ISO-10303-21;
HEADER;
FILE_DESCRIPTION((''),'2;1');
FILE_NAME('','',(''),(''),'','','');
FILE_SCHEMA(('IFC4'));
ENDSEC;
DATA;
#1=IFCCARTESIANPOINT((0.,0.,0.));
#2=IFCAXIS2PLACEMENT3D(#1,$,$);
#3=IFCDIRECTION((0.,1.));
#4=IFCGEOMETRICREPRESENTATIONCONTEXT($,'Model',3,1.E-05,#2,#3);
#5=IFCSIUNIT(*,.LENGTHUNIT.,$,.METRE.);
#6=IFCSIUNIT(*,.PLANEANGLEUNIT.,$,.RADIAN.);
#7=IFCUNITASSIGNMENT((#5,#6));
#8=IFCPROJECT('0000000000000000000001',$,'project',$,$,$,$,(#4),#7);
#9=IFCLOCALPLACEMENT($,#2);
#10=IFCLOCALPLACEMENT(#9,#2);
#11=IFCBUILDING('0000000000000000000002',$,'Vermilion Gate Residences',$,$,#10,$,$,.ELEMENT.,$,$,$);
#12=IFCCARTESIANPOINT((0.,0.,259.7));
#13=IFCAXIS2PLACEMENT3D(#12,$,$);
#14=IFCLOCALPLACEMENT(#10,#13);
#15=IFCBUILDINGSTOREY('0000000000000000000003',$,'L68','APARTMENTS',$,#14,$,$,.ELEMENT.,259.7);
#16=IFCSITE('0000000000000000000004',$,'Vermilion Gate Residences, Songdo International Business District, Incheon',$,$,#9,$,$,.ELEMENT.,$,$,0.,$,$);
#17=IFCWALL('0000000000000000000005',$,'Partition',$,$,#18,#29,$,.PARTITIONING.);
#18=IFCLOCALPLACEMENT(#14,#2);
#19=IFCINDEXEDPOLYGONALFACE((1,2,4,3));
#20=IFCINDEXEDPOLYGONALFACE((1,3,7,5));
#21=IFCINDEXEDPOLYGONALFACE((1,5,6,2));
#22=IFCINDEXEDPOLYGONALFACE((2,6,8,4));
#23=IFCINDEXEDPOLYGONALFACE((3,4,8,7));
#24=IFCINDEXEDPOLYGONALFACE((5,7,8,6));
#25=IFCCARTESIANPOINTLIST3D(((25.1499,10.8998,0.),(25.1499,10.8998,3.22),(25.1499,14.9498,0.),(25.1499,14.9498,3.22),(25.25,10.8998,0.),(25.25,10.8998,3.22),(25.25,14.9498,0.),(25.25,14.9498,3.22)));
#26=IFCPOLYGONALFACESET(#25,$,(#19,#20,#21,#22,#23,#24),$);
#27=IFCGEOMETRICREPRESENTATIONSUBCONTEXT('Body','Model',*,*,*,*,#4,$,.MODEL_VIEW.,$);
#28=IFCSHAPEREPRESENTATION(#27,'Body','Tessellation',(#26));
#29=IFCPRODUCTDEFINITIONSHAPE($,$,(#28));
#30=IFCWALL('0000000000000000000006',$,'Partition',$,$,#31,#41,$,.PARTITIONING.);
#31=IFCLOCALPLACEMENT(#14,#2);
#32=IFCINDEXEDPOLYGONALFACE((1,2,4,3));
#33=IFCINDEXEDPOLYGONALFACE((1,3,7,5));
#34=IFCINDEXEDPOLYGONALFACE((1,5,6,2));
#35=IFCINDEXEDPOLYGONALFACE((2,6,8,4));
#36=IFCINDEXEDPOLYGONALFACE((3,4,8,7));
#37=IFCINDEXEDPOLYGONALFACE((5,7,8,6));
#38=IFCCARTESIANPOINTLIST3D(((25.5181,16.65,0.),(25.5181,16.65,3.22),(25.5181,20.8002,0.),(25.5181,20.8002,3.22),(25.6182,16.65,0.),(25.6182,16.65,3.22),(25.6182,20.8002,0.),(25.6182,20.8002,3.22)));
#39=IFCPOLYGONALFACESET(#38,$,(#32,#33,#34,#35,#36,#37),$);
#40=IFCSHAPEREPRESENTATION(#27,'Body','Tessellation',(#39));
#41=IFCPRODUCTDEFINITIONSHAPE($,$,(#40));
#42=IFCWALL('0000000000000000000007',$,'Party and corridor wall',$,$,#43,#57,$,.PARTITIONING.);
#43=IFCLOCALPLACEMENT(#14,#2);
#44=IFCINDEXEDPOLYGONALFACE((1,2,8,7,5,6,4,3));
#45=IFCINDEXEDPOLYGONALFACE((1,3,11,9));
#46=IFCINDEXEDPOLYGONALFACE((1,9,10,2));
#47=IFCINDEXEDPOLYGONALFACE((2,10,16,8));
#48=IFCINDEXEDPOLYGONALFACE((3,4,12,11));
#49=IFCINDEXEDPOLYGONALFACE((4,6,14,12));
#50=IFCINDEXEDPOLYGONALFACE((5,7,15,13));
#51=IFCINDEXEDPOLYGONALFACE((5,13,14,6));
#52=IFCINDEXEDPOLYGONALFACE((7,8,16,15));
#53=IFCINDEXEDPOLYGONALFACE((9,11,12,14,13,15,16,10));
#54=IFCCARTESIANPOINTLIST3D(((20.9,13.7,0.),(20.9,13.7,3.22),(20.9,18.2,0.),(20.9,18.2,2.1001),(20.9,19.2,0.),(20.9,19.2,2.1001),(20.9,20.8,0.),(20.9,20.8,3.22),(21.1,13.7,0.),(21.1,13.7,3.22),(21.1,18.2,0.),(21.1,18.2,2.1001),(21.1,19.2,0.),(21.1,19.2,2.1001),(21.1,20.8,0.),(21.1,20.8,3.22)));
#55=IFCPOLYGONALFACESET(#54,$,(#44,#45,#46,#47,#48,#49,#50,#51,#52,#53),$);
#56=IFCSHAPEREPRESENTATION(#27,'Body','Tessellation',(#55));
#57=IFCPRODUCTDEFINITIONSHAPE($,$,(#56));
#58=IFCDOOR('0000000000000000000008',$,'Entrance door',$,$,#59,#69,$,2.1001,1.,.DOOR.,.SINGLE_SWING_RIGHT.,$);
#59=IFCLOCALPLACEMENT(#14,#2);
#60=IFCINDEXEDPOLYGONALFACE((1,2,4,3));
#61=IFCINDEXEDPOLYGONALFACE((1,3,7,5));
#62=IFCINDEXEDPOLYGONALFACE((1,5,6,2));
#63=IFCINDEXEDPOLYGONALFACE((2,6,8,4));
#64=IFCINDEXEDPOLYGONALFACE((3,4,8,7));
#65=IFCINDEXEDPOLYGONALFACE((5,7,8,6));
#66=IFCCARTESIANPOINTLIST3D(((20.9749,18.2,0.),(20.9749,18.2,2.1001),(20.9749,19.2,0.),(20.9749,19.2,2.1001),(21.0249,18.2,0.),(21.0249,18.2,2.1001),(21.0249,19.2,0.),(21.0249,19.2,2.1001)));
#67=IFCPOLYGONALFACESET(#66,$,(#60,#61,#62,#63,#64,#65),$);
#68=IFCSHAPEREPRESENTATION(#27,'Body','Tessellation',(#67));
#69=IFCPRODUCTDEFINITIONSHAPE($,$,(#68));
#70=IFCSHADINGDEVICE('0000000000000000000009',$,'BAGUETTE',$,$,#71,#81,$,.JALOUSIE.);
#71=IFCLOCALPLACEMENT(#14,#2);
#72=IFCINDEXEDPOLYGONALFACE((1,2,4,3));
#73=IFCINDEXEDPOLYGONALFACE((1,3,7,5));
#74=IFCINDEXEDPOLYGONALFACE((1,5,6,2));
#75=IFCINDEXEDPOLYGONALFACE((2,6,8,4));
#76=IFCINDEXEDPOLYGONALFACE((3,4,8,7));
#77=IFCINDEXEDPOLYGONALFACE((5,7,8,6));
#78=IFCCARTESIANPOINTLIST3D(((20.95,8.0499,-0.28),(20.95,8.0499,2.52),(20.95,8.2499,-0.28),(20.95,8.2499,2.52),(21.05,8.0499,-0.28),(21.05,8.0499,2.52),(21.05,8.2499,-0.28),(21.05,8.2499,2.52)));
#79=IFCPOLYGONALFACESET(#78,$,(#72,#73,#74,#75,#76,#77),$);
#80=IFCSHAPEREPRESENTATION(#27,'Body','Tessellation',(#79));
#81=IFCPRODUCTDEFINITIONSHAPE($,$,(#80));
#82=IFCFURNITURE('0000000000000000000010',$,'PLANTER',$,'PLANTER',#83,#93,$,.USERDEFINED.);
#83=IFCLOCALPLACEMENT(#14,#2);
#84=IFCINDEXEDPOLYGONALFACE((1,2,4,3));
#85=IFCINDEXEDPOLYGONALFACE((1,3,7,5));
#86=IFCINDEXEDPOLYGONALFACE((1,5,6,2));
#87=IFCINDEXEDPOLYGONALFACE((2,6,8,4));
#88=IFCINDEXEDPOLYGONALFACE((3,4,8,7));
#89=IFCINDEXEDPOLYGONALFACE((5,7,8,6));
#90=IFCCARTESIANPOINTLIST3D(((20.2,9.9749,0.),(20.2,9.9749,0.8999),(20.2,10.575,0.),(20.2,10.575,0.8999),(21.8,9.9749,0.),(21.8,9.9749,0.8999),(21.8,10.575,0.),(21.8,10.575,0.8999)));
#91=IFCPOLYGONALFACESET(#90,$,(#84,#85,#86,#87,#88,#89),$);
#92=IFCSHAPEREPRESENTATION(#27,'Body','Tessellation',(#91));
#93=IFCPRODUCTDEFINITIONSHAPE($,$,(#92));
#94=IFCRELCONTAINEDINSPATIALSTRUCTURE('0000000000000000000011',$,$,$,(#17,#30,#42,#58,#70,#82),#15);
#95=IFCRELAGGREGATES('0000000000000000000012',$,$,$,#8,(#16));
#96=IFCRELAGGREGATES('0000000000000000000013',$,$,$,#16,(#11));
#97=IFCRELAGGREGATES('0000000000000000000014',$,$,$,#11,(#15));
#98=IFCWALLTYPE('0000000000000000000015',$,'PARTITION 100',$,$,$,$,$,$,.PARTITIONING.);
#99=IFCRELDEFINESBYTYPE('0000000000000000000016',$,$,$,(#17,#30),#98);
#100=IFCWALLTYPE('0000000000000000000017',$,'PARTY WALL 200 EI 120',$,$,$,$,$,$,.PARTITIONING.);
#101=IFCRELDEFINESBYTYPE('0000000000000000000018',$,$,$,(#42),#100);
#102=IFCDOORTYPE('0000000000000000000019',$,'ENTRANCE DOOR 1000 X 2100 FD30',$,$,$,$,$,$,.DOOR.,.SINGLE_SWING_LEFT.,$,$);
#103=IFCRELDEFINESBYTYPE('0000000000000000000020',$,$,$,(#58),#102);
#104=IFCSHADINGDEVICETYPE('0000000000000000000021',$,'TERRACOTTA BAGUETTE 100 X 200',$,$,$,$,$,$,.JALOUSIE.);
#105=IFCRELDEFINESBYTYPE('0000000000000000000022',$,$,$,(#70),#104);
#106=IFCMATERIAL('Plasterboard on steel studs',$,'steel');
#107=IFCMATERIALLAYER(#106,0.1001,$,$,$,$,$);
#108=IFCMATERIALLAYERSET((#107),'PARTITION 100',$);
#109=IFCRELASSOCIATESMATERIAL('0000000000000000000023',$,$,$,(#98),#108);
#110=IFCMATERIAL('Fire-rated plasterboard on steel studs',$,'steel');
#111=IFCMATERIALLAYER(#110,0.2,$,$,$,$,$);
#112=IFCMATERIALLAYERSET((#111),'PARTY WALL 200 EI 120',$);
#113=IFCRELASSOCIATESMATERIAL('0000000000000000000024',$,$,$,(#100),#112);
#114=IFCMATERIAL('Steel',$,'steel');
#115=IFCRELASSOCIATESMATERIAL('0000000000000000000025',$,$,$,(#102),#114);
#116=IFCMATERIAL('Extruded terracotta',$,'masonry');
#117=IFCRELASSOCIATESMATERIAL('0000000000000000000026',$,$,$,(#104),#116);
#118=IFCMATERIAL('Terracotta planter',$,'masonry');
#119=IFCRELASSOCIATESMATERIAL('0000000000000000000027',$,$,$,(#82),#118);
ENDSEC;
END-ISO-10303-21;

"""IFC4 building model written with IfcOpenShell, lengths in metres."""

from ifc_helpers import new_model, si_unit, direction, frame, frame_2d, origin, origin_2d, place, context, subcontext, project, spatial, rectangle, extrude, material, layer, layer_set, material_profile, profile_set, type_object, element, fill, save


model = new_model("IFC4")

# Units and contexts
model_context = context("Model", 3, precision=1e-05, world=origin(), true_north=direction((0.0, 1.0)))
body_context = subcontext(model_context, "Body", "Model", "MODEL_VIEW")
ifc_project = project(units=[si_unit("LENGTHUNIT", "METRE"), si_unit("PLANEANGLEUNIT", "RADIAN")], contexts=[model_context])

# Site, building, storey
site_placement = place(None, origin())
site = spatial("IfcSite", under=ifc_project, at=site_placement, Name="Vermilion Gate Residences, Songdo International Business District, Incheon", CompositionType="ELEMENT", RefElevation=0.0)
building_placement = place(site_placement, origin())
building = spatial("IfcBuilding", under=site, at=building_placement, Name="Vermilion Gate Residences", CompositionType="ELEMENT")
storey_placement = place(building_placement, frame((0.0, 0.0, 259.7)))
storey = spatial("IfcBuildingStorey", under=building, at=storey_placement, Name="L68", Description="APARTMENTS", CompositionType="ELEMENT", Elevation=259.7)

# Shared definitions
ifc_material_1 = material(Name="Plasterboard on steel studs", Category="steel")
ifc_layer_1 = layer(ifc_material_1, 0.1001)
ifc_layer_set_1 = layer_set([ifc_layer_1], Name="PARTITION 100")
wall_type_1 = type_object("IfcWallType", Name="PARTITION 100", PredefinedType="PARTITIONING", material=ifc_layer_set_1)

# Walls
wall_1_placement = place(storey_placement, frame((25.2, 10.8999, 0.0), z_axis=(0.0, 0.0, 1.0), x_axis=(0.0, 1.0, 0.0)))
element("IfcWall", 1, at=wall_1_placement, inside=storey, type_object=wall_type_1, Name="Partition", PredefinedType="PARTITIONING", context=body_context, shape_type="SweptSolid", body=[
    extrude(rectangle(XDim=4.05, YDim=0.1001, at=frame_2d((2.0249, 0.0))), origin(), (0.0, 0.0, 1.0), 3.22),
])
wall_2_placement = place(storey_placement, frame((25.5681, 16.6499, 0.0), z_axis=(0.0, 0.0, 1.0), x_axis=(0.0, 1.0, 0.0)))
element("IfcWall", 2, at=wall_2_placement, inside=storey, type_object=wall_type_1, Name="Partition", PredefinedType="PARTITIONING", context=body_context, shape_type="SweptSolid", body=[
    extrude(rectangle(XDim=4.1501, YDim=0.1001, at=frame_2d((2.0752, 0.0))), origin(), (0.0, 0.0, 1.0), 3.22),
])

# Wall, opening, door
ifc_material_2 = material(Name="Fire-rated plasterboard on steel studs", Category="steel")
ifc_layer_2 = layer(ifc_material_2, 0.2)
ifc_layer_set_2 = layer_set([ifc_layer_2], Name="PARTY WALL 200 EI 120")
wall_type_2 = type_object("IfcWallType", Name="PARTY WALL 200 EI 120", PredefinedType="PARTITIONING", material=ifc_layer_set_2)
wall_3_placement = place(storey_placement, frame((21.0, 13.7, 0.0), z_axis=(0.0, 0.0, 1.0), x_axis=(0.0, 1.0, 0.0)))
wall_3 = element("IfcWall", 3, at=wall_3_placement, inside=storey, type_object=wall_type_2, Name="Party and corridor wall", PredefinedType="PARTITIONING", context=body_context, shape_type="SweptSolid", body=[
    extrude(rectangle(XDim=7.1001, YDim=0.2, at=frame_2d((3.55, 0.0))), origin(), (0.0, 0.0, 1.0), 3.22),
])
opening_1_placement = place(wall_3_placement, frame((4.5, 0.0, 0.0)))
opening_1 = element("IfcOpeningElement", 4, at=opening_1_placement, cuts=wall_3, PredefinedType="OPENING", context=body_context, shape_type="SweptSolid", body=[
    extrude(rectangle(XDim=1.0, YDim=2.1001, at=frame_2d((0.5, 1.05))), frame((0.0, 0.1099, 0.0), z_axis=(0.0, -1.0, 0.0), x_axis=(1.0, 0.0, 0.0)), (0.0, 0.0, 1.0), 0.22),
])
ifc_material_3 = material(Name="Steel", Category="steel")
door_type_1 = type_object("IfcDoorType", Name="ENTRANCE DOOR 1000 X 2100 FD30", OperationType="SINGLE_SWING_LEFT", PredefinedType="DOOR", material=ifc_material_3)
door_1_placement = place(opening_1_placement, frame((1.0, 0.0, 0.0), z_axis=(0.0, 0.0, 1.0), x_axis=(-1.0, 0.0, 0.0)))
door_1 = element("IfcDoor", 5, at=door_1_placement, inside=storey, type_object=door_type_1, Name="Entrance door", OperationType="SINGLE_SWING_RIGHT", OverallHeight=2.1001, OverallWidth=1.0, PredefinedType="DOOR", context=body_context, shape_type="SweptSolid", body=[
    extrude(rectangle(XDim=1.0, YDim=2.1001, at=frame_2d((0.5, 1.05))), frame((0.0, 0.0249, 0.0), z_axis=(0.0, -1.0, 0.0), x_axis=(1.0, 0.0, 0.0)), (0.0, 0.0, 1.0), 0.05),
])
fill(opening_1, door_1)

# Shading device
ifc_material_4 = material(Name="Extruded terracotta", Category="masonry")
ifc_material_profile_1 = material_profile(ifc_material_4, rectangle(XDim=0.2, YDim=0.1001, at=origin_2d()), Name="BAGUETTE 100 X 200")
ifc_profile_set_1 = profile_set([ifc_material_profile_1], Name="Extruded terracotta")
shading_device_type = type_object("IfcShadingDeviceType", Name="TERRACOTTA BAGUETTE 100 X 200", PredefinedType="JALOUSIE", material=ifc_profile_set_1)
shading_device_placement = place(storey_placement, frame((21.0, 8.1499, -0.28), z_axis=(0.0, 0.0, 1.0), x_axis=(0.0, 1.0, 0.0)))
element("IfcShadingDevice", 6, at=shading_device_placement, inside=storey, type_object=shading_device_type, Name="BAGUETTE", PredefinedType="JALOUSIE", context=body_context, shape_type="SweptSolid", body=[
    extrude(rectangle(XDim=0.2, YDim=0.1001, at=origin_2d()), origin(), (0.0, 0.0, 1.0), 2.8),
])

# Furniture
ifc_material_5 = material(Name="Terracotta planter", Category="masonry")
furniture_placement = place(storey_placement, frame((21.0, 10.2749, 0.0), z_axis=(0.0, 0.0, 1.0), x_axis=(1.0, 0.0, 0.0)))
element("IfcFurniture", 7, at=furniture_placement, inside=storey, material=ifc_material_5, Name="PLANTER", ObjectType="PLANTER", PredefinedType="USERDEFINED", context=body_context, shape_type="SweptSolid", body=[
    extrude(rectangle(XDim=1.6001, YDim=0.6001, at=origin_2d()), origin(), (0.0, 0.0, 1.0), 0.8999),
])

save(model, "model.ifc")
